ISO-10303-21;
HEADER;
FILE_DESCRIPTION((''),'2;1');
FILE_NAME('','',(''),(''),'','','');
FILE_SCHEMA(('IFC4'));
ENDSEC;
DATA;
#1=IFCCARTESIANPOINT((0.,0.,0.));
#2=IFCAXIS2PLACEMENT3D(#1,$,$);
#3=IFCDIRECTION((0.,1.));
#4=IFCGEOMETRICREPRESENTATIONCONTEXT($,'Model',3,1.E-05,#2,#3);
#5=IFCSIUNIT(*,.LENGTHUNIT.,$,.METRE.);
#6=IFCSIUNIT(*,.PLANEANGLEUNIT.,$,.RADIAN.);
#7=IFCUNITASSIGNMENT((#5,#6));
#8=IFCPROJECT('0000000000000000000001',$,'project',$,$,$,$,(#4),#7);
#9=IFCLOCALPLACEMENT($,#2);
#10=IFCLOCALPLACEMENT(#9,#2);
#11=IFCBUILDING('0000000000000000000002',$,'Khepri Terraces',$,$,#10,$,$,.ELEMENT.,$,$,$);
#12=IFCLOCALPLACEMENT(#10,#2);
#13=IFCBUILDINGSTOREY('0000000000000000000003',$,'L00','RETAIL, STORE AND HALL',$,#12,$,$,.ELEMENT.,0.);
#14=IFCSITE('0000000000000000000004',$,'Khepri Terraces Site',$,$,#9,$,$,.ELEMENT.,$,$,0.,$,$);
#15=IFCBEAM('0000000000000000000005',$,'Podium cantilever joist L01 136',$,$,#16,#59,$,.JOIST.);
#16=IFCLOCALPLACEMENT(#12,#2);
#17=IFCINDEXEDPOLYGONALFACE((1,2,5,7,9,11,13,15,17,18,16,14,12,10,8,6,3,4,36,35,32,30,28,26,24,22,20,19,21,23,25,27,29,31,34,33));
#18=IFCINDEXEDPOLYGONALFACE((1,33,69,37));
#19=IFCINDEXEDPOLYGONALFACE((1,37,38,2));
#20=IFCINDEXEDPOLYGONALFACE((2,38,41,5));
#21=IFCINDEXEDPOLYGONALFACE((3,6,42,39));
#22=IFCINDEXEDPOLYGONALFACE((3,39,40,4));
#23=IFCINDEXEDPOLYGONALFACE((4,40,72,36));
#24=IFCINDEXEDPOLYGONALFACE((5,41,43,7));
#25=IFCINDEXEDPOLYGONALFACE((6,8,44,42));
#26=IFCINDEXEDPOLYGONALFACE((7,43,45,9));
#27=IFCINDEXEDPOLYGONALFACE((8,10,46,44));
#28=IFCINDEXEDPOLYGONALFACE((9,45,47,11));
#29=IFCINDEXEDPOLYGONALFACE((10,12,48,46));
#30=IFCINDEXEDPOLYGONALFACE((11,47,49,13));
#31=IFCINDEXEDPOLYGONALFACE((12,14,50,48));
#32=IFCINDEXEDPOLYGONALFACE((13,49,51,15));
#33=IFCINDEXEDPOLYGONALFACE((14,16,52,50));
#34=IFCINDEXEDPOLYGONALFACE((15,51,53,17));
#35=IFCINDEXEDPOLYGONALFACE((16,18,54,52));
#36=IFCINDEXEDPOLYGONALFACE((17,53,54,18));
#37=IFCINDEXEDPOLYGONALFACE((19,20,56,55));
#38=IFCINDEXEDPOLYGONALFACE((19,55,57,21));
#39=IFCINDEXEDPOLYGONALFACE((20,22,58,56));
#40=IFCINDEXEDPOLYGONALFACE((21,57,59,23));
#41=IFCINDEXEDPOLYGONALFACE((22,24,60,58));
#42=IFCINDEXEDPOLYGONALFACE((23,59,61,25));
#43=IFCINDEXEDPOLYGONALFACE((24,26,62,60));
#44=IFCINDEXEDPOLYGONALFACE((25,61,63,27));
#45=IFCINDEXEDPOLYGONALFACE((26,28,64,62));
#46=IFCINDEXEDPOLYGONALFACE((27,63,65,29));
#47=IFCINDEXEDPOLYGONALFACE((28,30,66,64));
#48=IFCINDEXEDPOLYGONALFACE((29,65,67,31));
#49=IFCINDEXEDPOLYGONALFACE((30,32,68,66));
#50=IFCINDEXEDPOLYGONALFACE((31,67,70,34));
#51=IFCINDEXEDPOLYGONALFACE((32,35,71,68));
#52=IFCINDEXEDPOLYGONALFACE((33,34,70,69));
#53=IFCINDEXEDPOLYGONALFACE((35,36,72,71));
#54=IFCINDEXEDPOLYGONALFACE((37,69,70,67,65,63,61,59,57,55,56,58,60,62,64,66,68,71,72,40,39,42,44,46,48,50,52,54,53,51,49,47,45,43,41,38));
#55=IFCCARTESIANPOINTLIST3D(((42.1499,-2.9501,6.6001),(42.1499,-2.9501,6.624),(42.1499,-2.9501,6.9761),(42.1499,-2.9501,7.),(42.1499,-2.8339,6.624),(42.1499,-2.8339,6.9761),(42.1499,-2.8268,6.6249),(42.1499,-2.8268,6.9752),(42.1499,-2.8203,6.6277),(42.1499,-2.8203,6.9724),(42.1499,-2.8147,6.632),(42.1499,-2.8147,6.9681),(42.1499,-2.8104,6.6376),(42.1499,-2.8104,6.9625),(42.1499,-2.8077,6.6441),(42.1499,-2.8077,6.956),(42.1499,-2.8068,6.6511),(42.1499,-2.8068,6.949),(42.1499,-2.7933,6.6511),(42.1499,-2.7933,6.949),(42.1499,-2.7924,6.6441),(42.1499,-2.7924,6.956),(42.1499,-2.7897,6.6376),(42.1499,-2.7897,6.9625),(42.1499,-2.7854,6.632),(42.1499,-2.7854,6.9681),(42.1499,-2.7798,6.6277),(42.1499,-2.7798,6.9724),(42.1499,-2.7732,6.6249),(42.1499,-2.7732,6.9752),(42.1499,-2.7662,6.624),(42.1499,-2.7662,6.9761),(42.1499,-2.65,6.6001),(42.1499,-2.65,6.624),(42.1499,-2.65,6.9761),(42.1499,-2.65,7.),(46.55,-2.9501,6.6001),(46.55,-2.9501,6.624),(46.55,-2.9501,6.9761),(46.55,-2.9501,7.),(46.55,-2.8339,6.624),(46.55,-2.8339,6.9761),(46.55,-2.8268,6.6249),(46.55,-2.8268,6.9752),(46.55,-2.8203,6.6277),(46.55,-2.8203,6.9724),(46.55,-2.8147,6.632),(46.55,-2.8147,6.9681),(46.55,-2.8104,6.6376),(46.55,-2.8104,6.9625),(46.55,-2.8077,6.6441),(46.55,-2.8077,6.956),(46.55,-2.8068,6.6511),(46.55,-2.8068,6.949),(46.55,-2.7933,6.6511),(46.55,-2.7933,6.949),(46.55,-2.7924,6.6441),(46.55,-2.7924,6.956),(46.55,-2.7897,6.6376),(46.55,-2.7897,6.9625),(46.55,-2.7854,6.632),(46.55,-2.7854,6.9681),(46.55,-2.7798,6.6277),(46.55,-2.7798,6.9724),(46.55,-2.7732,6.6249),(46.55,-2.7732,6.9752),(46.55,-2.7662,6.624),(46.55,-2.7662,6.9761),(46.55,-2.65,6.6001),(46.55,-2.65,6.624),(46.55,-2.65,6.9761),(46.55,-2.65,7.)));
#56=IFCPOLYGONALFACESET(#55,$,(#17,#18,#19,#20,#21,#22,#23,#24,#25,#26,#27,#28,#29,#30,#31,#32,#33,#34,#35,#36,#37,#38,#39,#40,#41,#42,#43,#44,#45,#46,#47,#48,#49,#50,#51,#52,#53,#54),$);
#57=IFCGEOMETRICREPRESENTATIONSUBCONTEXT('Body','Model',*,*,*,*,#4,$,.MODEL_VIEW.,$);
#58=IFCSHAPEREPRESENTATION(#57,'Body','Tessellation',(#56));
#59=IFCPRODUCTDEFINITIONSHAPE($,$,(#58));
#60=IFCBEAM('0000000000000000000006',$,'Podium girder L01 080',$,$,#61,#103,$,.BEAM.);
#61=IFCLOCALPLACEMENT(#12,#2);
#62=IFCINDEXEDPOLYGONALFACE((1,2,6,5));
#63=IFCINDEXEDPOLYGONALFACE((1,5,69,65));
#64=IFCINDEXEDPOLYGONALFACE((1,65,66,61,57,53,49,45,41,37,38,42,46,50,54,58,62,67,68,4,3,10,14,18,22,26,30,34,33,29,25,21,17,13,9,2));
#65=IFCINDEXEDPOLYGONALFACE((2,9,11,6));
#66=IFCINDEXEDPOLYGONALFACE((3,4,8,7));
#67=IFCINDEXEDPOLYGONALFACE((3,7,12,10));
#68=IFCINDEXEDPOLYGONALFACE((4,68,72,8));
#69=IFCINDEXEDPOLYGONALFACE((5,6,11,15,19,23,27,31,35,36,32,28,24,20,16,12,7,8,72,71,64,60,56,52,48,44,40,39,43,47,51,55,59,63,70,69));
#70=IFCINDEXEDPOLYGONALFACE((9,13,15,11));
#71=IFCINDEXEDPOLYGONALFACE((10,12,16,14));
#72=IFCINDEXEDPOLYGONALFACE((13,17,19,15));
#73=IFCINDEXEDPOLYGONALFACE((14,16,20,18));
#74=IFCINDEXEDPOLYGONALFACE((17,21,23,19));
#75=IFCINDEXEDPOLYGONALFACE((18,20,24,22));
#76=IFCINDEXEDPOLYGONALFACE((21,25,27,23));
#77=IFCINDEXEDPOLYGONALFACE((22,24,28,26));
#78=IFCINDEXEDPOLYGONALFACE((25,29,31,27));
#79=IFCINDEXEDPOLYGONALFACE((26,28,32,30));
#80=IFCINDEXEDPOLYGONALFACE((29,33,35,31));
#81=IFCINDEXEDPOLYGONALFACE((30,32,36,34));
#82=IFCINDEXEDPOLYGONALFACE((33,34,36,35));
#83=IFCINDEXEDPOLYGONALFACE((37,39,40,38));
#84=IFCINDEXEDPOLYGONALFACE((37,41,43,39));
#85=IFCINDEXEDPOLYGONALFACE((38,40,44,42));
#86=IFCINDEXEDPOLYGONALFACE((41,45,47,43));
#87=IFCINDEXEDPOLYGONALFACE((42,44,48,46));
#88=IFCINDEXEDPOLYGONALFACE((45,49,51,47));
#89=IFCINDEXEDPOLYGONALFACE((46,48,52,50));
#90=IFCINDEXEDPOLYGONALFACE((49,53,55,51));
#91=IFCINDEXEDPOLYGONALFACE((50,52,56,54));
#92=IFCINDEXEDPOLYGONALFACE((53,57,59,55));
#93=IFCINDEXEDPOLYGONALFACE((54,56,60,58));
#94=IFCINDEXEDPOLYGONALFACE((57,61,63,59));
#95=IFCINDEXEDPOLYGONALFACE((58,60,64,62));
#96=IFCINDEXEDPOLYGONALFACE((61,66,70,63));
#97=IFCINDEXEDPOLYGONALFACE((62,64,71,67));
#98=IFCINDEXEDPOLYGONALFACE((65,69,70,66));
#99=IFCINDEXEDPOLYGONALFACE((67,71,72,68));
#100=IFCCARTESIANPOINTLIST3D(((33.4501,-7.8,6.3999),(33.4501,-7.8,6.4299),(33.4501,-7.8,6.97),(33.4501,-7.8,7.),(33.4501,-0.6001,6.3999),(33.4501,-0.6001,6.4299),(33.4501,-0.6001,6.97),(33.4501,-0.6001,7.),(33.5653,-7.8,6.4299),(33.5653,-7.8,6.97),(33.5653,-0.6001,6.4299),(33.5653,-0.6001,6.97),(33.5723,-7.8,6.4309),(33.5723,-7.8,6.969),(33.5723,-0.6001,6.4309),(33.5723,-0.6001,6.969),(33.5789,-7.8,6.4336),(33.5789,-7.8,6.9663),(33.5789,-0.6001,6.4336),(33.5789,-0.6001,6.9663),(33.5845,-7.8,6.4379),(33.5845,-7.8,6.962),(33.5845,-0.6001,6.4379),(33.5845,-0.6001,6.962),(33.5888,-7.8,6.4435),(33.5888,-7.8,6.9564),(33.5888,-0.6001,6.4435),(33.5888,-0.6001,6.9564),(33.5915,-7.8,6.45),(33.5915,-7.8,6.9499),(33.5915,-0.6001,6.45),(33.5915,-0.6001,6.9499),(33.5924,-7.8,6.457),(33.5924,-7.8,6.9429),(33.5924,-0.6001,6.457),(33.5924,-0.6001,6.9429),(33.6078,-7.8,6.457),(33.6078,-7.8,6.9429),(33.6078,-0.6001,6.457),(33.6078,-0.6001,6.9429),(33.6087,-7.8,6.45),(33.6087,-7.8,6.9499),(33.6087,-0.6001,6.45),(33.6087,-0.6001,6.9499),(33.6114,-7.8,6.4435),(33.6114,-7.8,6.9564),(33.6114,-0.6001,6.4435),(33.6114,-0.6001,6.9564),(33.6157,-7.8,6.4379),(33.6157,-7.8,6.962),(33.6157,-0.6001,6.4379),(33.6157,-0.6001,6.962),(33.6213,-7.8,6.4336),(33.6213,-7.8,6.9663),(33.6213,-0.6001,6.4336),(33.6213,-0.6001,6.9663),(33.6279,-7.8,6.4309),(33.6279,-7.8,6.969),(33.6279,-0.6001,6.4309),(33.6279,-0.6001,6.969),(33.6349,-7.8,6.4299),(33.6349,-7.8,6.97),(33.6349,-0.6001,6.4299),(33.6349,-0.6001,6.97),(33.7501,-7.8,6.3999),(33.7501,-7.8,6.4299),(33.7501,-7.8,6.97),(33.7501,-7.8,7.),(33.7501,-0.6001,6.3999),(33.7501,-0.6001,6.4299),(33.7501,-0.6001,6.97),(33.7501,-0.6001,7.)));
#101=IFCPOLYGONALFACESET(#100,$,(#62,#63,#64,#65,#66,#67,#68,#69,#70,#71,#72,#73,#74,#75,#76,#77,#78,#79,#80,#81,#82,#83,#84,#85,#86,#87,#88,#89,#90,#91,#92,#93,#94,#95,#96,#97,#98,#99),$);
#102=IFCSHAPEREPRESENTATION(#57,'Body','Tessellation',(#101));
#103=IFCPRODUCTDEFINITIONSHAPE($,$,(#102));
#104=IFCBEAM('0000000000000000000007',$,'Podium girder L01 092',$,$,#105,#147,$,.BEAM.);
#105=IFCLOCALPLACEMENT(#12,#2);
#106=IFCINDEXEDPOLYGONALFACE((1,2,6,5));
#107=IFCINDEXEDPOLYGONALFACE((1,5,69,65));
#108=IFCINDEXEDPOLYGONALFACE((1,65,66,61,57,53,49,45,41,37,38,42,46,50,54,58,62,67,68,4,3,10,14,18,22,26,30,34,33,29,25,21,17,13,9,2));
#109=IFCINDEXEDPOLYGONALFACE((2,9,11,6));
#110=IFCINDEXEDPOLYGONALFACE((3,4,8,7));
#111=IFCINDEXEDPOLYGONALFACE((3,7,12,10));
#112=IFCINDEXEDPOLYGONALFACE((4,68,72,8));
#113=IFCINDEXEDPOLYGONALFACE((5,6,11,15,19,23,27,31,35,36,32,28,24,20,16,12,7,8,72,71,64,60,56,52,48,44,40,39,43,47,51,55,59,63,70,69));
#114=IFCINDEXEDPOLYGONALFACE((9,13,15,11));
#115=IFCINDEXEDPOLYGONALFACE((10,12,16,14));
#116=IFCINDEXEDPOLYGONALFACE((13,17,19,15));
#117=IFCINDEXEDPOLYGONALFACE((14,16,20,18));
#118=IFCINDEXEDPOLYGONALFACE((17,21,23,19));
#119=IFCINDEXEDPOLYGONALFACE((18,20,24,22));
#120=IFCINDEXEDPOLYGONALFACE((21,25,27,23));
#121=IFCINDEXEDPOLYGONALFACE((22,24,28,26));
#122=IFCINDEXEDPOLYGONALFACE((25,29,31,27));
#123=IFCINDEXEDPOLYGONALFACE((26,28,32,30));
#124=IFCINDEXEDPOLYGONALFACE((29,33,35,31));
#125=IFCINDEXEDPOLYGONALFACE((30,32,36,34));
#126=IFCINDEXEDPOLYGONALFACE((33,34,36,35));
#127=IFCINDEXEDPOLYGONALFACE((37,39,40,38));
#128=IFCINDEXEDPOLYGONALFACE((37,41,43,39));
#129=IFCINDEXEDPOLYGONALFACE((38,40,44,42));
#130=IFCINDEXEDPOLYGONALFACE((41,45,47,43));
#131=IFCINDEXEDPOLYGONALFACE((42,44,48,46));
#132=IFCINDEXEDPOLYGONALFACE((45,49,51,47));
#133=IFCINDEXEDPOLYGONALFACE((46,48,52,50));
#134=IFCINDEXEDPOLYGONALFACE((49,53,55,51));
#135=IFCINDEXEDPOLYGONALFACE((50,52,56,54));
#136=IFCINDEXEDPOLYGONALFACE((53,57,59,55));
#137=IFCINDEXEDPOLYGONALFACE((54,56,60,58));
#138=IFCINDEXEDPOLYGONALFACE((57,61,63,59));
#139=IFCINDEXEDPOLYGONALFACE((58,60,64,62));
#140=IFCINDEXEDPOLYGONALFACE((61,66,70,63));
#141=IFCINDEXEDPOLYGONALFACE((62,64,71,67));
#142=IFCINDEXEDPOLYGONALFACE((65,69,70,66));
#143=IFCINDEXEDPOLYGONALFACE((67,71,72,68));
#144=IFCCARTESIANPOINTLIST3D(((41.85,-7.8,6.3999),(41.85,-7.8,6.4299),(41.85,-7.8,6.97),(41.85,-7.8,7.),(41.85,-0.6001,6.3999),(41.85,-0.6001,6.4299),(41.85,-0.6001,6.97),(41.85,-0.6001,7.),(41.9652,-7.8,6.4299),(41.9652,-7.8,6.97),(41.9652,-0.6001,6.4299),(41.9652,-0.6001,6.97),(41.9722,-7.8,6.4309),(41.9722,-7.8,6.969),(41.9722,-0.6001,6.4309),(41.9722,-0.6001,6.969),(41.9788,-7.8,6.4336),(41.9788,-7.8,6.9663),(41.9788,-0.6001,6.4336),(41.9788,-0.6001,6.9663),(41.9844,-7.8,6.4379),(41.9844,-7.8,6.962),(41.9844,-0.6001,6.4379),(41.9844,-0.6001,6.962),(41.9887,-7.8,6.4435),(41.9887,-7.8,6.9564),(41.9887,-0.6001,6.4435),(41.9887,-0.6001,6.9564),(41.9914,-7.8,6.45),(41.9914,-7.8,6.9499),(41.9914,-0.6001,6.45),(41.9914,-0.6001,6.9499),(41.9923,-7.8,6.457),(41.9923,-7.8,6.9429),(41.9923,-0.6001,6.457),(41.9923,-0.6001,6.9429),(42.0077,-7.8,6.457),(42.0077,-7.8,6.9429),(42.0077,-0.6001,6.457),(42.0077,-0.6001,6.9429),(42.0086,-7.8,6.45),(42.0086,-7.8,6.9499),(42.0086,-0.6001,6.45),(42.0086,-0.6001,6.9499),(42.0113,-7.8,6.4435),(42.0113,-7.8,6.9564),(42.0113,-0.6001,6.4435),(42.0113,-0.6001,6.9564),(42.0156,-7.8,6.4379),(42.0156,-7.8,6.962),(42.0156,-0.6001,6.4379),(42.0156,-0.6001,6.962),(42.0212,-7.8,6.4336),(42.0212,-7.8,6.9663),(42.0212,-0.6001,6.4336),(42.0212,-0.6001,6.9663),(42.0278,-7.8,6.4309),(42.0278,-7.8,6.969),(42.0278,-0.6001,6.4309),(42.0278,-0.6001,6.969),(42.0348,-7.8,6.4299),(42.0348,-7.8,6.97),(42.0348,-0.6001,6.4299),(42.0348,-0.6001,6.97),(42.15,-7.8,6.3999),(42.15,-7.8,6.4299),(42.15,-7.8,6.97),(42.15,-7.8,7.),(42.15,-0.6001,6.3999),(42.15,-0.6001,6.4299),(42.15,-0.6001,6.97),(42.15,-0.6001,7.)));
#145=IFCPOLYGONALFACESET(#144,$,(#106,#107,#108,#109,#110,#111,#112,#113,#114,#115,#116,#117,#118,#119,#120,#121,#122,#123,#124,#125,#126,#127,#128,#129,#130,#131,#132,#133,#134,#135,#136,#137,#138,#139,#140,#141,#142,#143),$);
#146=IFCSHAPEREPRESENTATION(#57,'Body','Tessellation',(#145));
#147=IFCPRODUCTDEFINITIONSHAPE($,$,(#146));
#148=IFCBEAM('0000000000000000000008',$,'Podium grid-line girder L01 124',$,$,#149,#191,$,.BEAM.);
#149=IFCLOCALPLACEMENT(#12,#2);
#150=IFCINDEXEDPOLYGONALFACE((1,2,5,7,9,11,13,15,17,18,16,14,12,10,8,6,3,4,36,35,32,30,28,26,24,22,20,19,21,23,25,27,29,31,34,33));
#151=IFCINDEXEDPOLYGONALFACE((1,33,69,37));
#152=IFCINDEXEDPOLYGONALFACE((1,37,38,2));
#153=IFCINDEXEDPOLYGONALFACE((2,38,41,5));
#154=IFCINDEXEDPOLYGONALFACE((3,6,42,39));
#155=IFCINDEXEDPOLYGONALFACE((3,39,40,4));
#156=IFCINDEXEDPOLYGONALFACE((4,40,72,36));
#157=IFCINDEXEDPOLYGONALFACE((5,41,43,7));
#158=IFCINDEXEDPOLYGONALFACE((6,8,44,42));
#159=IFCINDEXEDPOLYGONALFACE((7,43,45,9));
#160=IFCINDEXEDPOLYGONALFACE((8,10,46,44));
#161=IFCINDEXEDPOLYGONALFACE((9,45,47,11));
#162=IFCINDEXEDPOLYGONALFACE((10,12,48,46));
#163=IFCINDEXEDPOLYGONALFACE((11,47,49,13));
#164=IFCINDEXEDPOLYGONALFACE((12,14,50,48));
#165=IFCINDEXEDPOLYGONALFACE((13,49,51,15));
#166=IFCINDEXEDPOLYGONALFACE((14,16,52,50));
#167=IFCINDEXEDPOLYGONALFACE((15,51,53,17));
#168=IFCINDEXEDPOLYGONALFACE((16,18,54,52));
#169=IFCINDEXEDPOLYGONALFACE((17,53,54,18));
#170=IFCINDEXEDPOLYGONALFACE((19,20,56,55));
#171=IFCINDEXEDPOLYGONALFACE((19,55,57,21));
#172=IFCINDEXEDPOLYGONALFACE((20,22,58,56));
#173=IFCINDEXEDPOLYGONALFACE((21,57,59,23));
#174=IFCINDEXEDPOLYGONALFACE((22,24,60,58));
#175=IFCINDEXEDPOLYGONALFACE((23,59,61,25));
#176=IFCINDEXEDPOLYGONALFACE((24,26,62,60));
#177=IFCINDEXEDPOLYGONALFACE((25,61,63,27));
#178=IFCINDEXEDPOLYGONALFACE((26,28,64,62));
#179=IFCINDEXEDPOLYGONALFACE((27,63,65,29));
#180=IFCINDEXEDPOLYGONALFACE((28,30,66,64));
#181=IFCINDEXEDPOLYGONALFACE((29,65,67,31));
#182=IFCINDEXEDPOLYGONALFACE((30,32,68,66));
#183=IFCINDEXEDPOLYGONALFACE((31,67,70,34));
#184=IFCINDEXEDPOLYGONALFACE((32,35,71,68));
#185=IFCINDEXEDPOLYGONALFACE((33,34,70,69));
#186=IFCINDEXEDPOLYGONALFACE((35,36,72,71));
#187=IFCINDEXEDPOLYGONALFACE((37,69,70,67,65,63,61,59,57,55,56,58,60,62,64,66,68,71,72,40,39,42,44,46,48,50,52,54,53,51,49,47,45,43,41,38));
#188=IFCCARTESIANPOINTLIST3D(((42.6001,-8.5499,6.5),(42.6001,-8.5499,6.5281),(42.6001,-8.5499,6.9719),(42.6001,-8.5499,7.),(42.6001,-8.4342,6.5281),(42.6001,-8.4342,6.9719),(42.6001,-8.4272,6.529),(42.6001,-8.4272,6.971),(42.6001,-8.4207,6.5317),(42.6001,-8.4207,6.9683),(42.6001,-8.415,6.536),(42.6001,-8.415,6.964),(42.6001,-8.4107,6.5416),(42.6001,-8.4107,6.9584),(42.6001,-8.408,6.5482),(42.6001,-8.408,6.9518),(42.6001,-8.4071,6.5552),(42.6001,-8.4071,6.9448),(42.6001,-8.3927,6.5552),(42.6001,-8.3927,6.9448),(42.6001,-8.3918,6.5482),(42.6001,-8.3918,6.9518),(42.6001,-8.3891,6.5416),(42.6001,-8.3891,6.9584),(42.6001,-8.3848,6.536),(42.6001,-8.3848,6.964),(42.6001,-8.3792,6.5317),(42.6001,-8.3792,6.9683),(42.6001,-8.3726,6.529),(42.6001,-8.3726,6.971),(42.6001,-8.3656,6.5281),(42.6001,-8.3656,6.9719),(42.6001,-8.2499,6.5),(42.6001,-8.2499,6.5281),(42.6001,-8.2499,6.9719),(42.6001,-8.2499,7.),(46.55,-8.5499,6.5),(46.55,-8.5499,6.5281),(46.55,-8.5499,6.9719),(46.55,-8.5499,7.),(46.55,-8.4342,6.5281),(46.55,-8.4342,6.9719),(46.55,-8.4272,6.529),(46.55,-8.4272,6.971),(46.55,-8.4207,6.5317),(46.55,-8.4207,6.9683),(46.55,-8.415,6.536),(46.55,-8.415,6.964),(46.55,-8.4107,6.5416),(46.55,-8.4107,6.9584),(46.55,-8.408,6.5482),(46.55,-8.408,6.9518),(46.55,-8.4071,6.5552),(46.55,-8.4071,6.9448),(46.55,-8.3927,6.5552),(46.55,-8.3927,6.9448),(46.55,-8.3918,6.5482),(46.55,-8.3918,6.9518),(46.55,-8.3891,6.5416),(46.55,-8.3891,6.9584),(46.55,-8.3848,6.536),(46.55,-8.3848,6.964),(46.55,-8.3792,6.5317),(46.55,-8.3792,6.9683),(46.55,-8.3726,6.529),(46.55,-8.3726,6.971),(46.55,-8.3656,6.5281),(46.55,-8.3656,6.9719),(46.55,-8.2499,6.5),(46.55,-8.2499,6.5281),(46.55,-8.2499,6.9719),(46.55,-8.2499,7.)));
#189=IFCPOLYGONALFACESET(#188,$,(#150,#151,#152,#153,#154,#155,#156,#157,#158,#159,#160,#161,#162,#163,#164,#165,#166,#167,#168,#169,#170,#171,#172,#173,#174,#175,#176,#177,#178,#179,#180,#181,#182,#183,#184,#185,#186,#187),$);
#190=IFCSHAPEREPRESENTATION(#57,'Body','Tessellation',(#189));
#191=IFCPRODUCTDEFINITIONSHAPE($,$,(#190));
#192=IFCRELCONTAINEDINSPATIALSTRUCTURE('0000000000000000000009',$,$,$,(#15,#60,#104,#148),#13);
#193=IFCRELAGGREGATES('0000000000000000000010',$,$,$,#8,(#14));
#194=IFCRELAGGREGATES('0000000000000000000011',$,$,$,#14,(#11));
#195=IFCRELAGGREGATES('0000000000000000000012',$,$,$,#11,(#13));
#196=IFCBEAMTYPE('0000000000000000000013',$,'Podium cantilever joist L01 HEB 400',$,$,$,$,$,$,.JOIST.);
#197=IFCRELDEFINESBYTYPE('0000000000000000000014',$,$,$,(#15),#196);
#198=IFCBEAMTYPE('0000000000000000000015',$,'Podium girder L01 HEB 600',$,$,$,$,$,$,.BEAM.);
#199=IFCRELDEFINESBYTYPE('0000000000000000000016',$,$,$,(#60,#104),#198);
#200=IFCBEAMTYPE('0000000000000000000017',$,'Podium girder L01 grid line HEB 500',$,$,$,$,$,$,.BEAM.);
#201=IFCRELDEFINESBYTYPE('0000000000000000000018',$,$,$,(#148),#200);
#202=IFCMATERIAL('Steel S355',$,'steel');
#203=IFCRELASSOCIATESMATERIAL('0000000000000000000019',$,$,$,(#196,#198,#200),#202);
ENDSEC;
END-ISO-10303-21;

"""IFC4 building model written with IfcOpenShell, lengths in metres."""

from ifc_helpers import new_model, si_unit, direction, frame, origin, origin_2d, place, context, subcontext, project, spatial, i_section, extrude, material, material_profile, profile_set, type_object, element, save


model = new_model("IFC4")

# Units and contexts
model_context = context("Model", 3, precision=1e-05, world=origin(), true_north=direction((0.0, 1.0)))
body_context = subcontext(model_context, "Body", "Model", "MODEL_VIEW")
ifc_project = project(units=[si_unit("LENGTHUNIT", "METRE"), si_unit("PLANEANGLEUNIT", "RADIAN")], contexts=[model_context])

# Site, building, storey
site_placement = place(None, origin())
site = spatial("IfcSite", under=ifc_project, at=site_placement, Name="Khepri Terraces Site", CompositionType="ELEMENT", RefElevation=0.0)
building_placement = place(site_placement, origin())
building = spatial("IfcBuilding", under=site, at=building_placement, Name="Khepri Terraces", CompositionType="ELEMENT")
storey_placement = place(building_placement, origin())
storey = spatial("IfcBuildingStorey", under=building, at=storey_placement, Name="L00", Description="RETAIL, STORE AND HALL", CompositionType="ELEMENT", Elevation=0.0)

# Beams
ifc_material_1 = material(Name="Steel S355", Category="steel")
ifc_material_profile_1 = material_profile(ifc_material_1, i_section(OverallWidth=0.3, OverallDepth=0.3999, WebThickness=0.0134, FlangeThickness=0.0239, FilletRadius=0.0271, at=origin_2d()), Name="Steel S355", Category="steel")
ifc_profile_set_1 = profile_set([ifc_material_profile_1], Name="Steel S355")
beam_type_1 = type_object("IfcBeamType", Name="Podium cantilever joist L01 HEB 400", PredefinedType="JOIST", material=ifc_profile_set_1)
for number, where, z_axis, x_axis, name in (
    (1, (42.1499, -2.8, 6.8), (1.0, 0.0, 0.0), (0.0, 1.0, 0.0), "Podium cantilever joist L01 136"),
):
    element("IfcBeam", number, at=place(storey_placement, frame(where, z_axis=z_axis, x_axis=x_axis)), inside=storey, type_object=beam_type_1, Name=name, PredefinedType="JOIST", context=body_context, shape_type="SweptSolid", body=[
        extrude(i_section(OverallWidth=0.3, OverallDepth=0.3999, WebThickness=0.0134, FlangeThickness=0.0239, FilletRadius=0.0271, at=origin_2d()), origin(), (0.0, 0.0, 1.0), 4.4001),
    ])
ifc_material_profile_2 = material_profile(ifc_material_1, i_section(OverallWidth=0.3, OverallDepth=0.6001, WebThickness=0.0154, FlangeThickness=0.03, FilletRadius=0.0271, at=origin_2d()), Name="Steel S355", Category="steel")
ifc_profile_set_2 = profile_set([ifc_material_profile_2], Name="Steel S355")
beam_type_2 = type_object("IfcBeamType", Name="Podium girder L01 HEB 600", PredefinedType="BEAM", material=ifc_profile_set_2)
for number, where, z_axis, x_axis, name in (
    (2, (33.6001, -7.8, 6.7), (0.0, 1.0, 0.0), (-1.0, 0.0, 0.0), "Podium girder L01 080"),
    (3, (42.0, -7.8, 6.7), (0.0, 1.0, 0.0), (-1.0, 0.0, 0.0), "Podium girder L01 092"),
):
    element("IfcBeam", number, at=place(storey_placement, frame(where, z_axis=z_axis, x_axis=x_axis)), inside=storey, type_object=beam_type_2, Name=name, PredefinedType="BEAM", context=body_context, shape_type="SweptSolid", body=[
        extrude(i_section(OverallWidth=0.3, OverallDepth=0.6001, WebThickness=0.0154, FlangeThickness=0.03, FilletRadius=0.0271, at=origin_2d()), origin(), (0.0, 0.0, 1.0), 7.2),
    ])
ifc_material_profile_3 = material_profile(ifc_material_1, i_section(OverallWidth=0.3, OverallDepth=0.5, WebThickness=0.0144, FlangeThickness=0.0281, FilletRadius=0.0271, at=origin_2d()), Name="Steel S355", Category="steel")
ifc_profile_set_3 = profile_set([ifc_material_profile_3], Name="Steel S355")
beam_type_3 = type_object("IfcBeamType", Name="Podium girder L01 grid line HEB 500", PredefinedType="BEAM", material=ifc_profile_set_3)
beam_1_placement = place(storey_placement, frame((42.6001, -8.3999, 6.75), z_axis=(1.0, 0.0, 0.0), x_axis=(0.0, 1.0, 0.0)))
element("IfcBeam", 4, at=beam_1_placement, inside=storey, type_object=beam_type_3, Name="Podium grid-line girder L01 124", PredefinedType="BEAM", context=body_context, shape_type="SweptSolid", body=[
    extrude(i_section(OverallWidth=0.3, OverallDepth=0.5, WebThickness=0.0144, FlangeThickness=0.0281, FilletRadius=0.0271, at=origin_2d()), origin(), (0.0, 0.0, 1.0), 3.95),
])

save(model, "model.ifc")
